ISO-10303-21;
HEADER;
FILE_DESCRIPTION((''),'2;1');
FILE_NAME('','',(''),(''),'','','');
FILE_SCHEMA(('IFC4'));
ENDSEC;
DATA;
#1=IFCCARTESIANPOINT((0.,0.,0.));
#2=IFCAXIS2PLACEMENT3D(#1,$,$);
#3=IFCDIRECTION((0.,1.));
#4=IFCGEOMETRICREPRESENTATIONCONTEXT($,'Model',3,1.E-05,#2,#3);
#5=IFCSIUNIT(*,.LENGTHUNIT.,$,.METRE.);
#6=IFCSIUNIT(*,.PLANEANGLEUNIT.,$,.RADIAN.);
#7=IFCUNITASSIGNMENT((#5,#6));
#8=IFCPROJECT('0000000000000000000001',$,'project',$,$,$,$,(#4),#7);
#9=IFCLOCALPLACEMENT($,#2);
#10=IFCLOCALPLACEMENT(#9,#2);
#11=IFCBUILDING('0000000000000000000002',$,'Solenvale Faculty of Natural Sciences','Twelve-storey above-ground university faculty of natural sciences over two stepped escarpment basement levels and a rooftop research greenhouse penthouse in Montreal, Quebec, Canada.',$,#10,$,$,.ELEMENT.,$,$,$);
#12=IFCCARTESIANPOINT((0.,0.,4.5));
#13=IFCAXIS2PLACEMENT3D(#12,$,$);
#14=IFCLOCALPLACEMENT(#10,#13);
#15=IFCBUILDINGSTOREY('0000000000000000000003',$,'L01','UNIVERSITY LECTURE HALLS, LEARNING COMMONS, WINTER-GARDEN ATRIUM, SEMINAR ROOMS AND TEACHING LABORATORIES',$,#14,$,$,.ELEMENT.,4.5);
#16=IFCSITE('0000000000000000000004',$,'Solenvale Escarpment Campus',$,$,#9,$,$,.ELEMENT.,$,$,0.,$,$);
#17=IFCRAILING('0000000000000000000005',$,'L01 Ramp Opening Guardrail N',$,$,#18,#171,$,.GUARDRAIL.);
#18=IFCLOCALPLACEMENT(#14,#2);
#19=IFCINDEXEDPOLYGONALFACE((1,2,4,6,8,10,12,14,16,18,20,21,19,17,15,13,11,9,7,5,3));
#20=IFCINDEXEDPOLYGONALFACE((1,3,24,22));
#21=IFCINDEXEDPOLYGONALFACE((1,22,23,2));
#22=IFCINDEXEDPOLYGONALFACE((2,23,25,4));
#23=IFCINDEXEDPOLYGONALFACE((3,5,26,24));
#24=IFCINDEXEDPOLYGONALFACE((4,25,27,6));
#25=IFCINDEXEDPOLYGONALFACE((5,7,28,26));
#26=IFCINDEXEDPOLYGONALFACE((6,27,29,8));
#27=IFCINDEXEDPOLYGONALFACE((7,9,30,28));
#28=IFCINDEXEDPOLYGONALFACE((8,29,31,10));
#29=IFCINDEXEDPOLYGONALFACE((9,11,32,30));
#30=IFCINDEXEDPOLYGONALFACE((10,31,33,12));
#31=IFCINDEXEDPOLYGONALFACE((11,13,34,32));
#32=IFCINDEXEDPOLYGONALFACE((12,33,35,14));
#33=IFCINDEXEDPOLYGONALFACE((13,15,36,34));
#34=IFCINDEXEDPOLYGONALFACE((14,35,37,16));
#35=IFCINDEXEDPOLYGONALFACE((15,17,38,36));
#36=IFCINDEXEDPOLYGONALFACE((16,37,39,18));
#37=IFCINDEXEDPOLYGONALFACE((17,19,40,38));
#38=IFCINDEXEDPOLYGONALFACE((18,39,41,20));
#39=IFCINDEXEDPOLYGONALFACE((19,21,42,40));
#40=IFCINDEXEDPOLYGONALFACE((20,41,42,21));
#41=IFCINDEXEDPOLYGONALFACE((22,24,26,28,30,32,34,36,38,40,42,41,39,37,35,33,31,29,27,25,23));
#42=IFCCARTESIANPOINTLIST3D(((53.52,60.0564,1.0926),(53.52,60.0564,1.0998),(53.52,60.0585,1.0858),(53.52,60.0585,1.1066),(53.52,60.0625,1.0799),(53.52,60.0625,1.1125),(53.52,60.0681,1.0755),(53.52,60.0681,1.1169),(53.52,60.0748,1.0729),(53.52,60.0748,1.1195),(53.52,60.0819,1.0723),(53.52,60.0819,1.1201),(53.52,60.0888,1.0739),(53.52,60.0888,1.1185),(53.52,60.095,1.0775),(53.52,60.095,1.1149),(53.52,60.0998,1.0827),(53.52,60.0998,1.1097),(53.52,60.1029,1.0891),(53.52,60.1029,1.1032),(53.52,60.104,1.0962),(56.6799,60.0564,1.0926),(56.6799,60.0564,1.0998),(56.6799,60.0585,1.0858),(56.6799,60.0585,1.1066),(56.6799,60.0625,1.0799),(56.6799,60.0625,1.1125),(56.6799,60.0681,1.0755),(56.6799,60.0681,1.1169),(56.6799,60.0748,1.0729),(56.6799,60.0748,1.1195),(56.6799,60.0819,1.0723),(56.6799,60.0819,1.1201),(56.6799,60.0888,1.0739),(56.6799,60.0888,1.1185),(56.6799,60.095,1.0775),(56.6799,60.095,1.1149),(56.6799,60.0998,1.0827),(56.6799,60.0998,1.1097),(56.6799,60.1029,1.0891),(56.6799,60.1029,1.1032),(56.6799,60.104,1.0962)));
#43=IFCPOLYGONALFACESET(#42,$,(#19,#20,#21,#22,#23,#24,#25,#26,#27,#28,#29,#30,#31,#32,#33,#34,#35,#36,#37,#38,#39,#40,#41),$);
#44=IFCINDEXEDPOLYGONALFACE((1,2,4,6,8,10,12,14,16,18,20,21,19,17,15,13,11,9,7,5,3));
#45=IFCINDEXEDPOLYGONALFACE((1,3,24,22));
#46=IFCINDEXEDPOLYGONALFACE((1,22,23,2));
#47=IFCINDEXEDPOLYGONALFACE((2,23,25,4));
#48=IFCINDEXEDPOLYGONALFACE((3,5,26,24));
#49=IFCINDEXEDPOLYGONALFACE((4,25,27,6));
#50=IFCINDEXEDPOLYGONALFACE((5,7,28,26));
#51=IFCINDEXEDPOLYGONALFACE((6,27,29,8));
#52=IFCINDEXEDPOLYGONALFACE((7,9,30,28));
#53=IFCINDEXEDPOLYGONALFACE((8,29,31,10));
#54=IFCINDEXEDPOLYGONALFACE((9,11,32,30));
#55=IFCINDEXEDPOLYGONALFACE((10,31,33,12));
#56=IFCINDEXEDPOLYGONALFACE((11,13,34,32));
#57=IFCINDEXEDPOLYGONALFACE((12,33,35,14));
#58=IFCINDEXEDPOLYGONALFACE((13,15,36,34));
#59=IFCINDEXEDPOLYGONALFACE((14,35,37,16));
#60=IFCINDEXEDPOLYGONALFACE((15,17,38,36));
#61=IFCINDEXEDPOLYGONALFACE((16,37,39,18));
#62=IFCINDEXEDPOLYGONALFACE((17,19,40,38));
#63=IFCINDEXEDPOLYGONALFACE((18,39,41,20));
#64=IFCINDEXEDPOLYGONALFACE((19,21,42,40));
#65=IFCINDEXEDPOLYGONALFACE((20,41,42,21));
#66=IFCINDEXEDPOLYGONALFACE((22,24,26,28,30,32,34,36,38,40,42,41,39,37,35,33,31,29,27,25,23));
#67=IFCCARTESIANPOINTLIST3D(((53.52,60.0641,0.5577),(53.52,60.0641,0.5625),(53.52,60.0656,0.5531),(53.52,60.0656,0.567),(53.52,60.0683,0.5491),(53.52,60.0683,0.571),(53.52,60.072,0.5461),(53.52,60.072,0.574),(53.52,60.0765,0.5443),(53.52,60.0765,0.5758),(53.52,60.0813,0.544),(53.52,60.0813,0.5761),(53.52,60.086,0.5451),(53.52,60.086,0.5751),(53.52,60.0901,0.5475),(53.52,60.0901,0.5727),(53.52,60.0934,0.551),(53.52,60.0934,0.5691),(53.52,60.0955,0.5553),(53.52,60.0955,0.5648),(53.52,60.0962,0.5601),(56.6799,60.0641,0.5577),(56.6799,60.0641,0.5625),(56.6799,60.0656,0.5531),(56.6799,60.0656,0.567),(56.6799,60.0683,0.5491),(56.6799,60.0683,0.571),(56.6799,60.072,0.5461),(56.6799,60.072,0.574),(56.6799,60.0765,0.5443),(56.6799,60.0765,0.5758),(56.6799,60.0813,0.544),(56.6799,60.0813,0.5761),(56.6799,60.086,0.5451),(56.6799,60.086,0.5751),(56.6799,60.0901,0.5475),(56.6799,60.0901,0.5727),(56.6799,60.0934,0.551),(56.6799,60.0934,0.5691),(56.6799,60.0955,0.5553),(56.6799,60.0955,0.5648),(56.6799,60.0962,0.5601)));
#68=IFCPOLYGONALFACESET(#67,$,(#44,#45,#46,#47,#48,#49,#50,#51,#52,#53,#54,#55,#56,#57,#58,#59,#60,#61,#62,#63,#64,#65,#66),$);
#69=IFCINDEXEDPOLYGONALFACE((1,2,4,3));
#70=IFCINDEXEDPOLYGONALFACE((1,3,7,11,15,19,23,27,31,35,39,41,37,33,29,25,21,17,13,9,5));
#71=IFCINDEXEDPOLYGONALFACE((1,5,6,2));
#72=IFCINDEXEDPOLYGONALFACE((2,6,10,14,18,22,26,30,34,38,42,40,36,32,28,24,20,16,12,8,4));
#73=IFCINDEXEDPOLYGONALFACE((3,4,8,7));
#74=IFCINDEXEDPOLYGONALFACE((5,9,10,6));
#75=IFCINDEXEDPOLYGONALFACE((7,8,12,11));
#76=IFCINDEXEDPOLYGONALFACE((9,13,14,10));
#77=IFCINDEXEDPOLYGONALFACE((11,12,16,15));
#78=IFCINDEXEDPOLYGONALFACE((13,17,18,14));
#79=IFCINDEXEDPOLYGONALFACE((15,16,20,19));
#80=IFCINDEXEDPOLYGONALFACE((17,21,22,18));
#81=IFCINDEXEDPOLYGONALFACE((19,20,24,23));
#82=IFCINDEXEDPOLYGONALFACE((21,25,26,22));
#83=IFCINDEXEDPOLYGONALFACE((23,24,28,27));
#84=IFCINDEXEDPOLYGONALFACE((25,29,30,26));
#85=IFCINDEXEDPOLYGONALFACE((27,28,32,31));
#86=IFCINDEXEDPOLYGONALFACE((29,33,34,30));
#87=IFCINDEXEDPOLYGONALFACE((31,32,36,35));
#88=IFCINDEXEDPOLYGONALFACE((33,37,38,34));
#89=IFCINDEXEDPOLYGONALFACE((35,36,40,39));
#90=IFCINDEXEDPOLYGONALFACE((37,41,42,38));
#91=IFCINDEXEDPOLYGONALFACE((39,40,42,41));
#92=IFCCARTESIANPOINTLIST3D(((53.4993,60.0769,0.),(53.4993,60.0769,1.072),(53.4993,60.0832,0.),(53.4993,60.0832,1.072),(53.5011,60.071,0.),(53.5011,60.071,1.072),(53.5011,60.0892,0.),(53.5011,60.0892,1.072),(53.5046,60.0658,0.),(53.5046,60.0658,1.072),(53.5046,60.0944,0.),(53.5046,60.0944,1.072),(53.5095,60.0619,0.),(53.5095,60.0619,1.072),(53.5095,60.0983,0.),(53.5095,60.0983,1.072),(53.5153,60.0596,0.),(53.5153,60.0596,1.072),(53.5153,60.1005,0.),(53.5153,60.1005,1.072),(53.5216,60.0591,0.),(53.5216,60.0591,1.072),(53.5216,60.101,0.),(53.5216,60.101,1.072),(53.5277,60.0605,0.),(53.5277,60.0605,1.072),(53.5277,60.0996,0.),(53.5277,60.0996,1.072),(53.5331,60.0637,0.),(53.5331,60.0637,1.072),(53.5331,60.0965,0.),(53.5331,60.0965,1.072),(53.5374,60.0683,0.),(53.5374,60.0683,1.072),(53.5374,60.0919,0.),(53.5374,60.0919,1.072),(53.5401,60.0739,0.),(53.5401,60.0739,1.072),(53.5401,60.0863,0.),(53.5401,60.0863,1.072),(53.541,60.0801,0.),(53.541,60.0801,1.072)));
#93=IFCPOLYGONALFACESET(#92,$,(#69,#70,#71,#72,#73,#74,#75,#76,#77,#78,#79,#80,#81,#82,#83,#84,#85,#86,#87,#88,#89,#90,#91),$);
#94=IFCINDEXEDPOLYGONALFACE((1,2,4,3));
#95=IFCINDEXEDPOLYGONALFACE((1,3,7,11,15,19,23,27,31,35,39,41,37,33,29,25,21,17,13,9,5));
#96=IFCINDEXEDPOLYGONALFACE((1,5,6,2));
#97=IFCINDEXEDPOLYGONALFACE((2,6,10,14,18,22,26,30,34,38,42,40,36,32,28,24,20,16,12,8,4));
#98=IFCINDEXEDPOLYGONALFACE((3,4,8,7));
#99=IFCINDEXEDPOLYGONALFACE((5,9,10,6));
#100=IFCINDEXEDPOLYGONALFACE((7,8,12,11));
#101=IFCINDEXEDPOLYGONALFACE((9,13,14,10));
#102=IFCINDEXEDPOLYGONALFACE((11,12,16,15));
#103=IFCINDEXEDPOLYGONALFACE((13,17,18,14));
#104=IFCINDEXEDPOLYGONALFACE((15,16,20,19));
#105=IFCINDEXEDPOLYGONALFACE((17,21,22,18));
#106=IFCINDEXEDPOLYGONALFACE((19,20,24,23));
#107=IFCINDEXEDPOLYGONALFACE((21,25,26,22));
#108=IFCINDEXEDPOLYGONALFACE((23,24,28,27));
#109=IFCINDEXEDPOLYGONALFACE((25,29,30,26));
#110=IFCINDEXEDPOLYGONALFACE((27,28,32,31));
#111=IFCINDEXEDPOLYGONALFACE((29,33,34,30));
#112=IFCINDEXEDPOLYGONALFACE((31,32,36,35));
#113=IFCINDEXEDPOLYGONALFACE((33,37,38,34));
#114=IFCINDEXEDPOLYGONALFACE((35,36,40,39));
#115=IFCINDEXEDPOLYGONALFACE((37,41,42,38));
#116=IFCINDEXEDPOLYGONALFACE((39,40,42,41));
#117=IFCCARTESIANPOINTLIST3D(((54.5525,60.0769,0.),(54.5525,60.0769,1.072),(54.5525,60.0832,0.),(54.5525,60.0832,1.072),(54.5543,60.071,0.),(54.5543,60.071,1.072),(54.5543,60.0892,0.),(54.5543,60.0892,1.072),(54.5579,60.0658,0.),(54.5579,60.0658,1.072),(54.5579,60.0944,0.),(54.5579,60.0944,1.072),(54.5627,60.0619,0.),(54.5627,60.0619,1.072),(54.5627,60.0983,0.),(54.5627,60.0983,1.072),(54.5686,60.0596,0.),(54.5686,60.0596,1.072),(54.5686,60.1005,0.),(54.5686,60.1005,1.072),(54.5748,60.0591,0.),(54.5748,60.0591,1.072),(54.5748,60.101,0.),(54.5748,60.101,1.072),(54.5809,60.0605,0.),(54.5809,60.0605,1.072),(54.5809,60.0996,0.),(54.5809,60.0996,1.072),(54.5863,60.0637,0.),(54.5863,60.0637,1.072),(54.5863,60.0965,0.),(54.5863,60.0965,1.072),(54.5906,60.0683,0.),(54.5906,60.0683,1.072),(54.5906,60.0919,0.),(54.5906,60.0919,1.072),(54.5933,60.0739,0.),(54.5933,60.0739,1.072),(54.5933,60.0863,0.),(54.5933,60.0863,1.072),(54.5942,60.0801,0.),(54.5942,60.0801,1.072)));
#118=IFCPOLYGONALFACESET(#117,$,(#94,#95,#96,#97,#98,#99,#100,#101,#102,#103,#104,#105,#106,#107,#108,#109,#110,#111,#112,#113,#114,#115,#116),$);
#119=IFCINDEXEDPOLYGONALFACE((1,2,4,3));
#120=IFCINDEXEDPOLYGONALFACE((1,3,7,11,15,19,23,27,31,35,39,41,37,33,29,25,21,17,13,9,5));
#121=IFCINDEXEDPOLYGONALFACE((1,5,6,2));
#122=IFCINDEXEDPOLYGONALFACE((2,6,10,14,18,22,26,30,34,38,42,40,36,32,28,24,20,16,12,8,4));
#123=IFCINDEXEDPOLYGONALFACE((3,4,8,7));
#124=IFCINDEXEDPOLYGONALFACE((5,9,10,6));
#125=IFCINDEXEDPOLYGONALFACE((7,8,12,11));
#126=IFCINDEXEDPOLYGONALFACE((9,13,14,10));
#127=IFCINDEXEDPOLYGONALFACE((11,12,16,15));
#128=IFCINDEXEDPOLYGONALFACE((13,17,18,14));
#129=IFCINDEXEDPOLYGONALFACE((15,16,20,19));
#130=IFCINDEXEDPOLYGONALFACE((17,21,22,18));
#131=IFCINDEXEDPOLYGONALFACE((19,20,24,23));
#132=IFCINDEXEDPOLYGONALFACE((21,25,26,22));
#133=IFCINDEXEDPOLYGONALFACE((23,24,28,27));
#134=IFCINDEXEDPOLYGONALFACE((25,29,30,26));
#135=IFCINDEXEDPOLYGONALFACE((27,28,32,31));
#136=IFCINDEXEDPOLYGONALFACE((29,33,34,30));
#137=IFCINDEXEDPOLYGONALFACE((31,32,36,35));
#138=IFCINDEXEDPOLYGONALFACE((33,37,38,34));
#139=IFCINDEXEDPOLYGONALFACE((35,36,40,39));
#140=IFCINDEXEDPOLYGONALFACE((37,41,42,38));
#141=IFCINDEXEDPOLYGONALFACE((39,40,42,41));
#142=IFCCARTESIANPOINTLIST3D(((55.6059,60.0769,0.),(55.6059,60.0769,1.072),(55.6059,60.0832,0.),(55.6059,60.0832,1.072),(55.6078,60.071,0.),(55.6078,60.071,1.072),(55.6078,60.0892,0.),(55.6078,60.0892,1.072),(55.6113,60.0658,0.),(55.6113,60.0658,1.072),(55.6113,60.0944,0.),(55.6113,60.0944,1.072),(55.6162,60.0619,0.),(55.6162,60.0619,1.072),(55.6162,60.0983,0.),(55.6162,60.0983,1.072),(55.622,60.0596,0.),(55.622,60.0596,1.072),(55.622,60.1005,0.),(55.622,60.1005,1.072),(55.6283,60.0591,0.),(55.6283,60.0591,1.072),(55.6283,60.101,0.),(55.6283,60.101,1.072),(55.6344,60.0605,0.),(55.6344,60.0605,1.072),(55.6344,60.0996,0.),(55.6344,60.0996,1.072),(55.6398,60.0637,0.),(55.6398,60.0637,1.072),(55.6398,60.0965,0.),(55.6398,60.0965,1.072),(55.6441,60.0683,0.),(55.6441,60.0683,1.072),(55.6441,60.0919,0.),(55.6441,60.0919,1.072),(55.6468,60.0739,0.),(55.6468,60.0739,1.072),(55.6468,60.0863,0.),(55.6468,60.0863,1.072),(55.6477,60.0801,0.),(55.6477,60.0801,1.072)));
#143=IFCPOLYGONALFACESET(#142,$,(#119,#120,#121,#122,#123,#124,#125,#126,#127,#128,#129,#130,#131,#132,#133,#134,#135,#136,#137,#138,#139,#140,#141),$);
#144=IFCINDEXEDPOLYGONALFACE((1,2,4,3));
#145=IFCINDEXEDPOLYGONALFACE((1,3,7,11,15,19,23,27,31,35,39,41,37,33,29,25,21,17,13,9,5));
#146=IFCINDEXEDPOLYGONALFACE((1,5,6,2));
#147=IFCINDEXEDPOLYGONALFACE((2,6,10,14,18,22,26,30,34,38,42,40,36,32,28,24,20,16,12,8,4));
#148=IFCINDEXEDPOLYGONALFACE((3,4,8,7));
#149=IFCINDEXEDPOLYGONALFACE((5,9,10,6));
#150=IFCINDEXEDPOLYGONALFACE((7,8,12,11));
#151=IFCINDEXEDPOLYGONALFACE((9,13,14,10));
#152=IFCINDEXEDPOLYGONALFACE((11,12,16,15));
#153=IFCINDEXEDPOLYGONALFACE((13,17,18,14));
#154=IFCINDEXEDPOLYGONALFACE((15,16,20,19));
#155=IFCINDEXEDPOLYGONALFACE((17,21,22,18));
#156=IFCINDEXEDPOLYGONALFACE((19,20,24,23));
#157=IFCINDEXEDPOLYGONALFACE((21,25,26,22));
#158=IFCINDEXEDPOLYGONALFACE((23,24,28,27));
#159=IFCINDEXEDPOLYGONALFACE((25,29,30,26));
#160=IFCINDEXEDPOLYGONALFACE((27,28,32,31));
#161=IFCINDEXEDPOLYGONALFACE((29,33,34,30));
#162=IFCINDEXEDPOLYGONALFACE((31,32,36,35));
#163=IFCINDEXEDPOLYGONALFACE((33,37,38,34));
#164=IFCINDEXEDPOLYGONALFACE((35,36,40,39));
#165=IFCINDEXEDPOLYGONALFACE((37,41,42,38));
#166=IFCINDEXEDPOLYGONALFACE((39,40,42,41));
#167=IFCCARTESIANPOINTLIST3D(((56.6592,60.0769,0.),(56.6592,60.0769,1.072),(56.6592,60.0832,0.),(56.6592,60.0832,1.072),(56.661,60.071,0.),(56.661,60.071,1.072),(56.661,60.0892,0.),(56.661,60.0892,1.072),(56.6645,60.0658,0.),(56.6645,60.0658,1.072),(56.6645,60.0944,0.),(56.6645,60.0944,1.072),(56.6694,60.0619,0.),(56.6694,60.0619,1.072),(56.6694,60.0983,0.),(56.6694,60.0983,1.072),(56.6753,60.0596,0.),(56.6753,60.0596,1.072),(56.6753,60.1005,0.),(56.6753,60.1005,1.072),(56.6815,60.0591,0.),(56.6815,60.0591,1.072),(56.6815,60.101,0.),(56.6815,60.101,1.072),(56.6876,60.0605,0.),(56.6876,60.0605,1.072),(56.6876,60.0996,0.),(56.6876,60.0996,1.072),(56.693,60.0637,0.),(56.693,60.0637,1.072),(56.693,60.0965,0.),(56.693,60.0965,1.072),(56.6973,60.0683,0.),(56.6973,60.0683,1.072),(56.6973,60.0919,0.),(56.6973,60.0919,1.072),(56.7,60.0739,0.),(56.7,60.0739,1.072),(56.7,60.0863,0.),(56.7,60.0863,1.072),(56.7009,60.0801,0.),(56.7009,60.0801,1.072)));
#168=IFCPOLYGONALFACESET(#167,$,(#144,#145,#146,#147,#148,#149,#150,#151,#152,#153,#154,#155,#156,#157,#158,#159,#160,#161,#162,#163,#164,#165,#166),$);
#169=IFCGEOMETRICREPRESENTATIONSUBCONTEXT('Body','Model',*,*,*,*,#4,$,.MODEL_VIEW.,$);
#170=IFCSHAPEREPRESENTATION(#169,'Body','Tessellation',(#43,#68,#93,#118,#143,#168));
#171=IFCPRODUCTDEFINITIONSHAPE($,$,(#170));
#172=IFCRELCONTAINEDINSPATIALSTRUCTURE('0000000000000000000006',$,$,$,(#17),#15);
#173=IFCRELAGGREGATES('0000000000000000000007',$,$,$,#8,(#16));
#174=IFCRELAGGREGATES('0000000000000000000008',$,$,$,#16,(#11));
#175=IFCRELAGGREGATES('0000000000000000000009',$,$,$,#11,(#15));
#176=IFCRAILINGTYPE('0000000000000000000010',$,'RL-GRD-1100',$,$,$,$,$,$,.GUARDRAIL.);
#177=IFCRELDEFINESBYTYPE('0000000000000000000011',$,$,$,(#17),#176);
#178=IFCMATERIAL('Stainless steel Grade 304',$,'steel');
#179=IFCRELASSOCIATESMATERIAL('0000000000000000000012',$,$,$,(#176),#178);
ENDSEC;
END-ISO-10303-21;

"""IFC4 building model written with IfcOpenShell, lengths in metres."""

from ifc_helpers import new_model, si_unit, direction, frame, origin, origin_2d, place, context, subcontext, project, spatial, circle, extrude, material, type_object, element, save


model = new_model("IFC4")

# Units and contexts
model_context = context("Model", 3, precision=1e-05, world=origin(), true_north=direction((0.0, 1.0)))
body_context = subcontext(model_context, "Body", "Model", "MODEL_VIEW")
ifc_project = project(units=[si_unit("LENGTHUNIT", "METRE"), si_unit("PLANEANGLEUNIT", "RADIAN")], contexts=[model_context])

# Site, building, storey
site_placement = place(None, origin())
site = spatial("IfcSite", under=ifc_project, at=site_placement, Name="Solenvale Escarpment Campus", CompositionType="ELEMENT", RefElevation=0.0)
building_placement = place(site_placement, origin())
building = spatial("IfcBuilding", under=site, at=building_placement, Name="Solenvale Faculty of Natural Sciences", Description="Twelve-storey above-ground university faculty of natural sciences over two stepped escarpment basement levels and a rooftop research greenhouse penthouse in Montreal, Quebec, Canada.", CompositionType="ELEMENT")
storey_placement = place(building_placement, frame((0.0, 0.0, 4.5)))
storey = spatial("IfcBuildingStorey", under=building, at=storey_placement, Name="L01", Description="UNIVERSITY LECTURE HALLS, LEARNING COMMONS, WINTER-GARDEN ATRIUM, SEMINAR ROOMS AND TEACHING LABORATORIES", CompositionType="ELEMENT", Elevation=4.5)

# Railing
ifc_material_1 = material(Name="Stainless steel Grade 304", Category="steel")
railing_type = type_object("IfcRailingType", Name="RL-GRD-1100", PredefinedType="GUARDRAIL", material=ifc_material_1)
railing_1_placement = place(storey_placement, frame((53.52, 60.0801, 0.0)))
element("IfcRailing", 1, at=railing_1_placement, inside=storey, type_object=railing_type, Name="L01 Ramp Opening Guardrail N", PredefinedType="GUARDRAIL", context=body_context, shape_type="SweptSolid", body=[
    extrude(circle(Radius=0.0239, at=origin_2d()), frame((0.0, 0.0, 1.0962), z_axis=(1.0, 0.0, 0.0), x_axis=(0.0, 1.0, 0.0)), (0.0, 0.0, 1.0), 3.1599),
    extrude(circle(Radius=0.0161, at=origin_2d()), frame((0.0, 0.0, 0.5601), z_axis=(1.0, 0.0, 0.0), x_axis=(0.0, 1.0, 0.0)), (0.0, 0.0, 1.0), 3.1599),
    extrude(circle(Radius=0.021, at=origin_2d()), origin(), (0.0, 0.0, 1.0), 1.072),
    extrude(circle(Radius=0.021, at=origin_2d()), frame((1.0532, 0.0, 0.0)), (0.0, 0.0, 1.0), 1.072),
    extrude(circle(Radius=0.021, at=origin_2d()), frame((2.1067, 0.0, 0.0)), (0.0, 0.0, 1.0), 1.072),
    extrude(circle(Radius=0.021, at=origin_2d()), frame((3.1599, 0.0, 0.0)), (0.0, 0.0, 1.0), 1.072),
])

save(model, "model.ifc")
